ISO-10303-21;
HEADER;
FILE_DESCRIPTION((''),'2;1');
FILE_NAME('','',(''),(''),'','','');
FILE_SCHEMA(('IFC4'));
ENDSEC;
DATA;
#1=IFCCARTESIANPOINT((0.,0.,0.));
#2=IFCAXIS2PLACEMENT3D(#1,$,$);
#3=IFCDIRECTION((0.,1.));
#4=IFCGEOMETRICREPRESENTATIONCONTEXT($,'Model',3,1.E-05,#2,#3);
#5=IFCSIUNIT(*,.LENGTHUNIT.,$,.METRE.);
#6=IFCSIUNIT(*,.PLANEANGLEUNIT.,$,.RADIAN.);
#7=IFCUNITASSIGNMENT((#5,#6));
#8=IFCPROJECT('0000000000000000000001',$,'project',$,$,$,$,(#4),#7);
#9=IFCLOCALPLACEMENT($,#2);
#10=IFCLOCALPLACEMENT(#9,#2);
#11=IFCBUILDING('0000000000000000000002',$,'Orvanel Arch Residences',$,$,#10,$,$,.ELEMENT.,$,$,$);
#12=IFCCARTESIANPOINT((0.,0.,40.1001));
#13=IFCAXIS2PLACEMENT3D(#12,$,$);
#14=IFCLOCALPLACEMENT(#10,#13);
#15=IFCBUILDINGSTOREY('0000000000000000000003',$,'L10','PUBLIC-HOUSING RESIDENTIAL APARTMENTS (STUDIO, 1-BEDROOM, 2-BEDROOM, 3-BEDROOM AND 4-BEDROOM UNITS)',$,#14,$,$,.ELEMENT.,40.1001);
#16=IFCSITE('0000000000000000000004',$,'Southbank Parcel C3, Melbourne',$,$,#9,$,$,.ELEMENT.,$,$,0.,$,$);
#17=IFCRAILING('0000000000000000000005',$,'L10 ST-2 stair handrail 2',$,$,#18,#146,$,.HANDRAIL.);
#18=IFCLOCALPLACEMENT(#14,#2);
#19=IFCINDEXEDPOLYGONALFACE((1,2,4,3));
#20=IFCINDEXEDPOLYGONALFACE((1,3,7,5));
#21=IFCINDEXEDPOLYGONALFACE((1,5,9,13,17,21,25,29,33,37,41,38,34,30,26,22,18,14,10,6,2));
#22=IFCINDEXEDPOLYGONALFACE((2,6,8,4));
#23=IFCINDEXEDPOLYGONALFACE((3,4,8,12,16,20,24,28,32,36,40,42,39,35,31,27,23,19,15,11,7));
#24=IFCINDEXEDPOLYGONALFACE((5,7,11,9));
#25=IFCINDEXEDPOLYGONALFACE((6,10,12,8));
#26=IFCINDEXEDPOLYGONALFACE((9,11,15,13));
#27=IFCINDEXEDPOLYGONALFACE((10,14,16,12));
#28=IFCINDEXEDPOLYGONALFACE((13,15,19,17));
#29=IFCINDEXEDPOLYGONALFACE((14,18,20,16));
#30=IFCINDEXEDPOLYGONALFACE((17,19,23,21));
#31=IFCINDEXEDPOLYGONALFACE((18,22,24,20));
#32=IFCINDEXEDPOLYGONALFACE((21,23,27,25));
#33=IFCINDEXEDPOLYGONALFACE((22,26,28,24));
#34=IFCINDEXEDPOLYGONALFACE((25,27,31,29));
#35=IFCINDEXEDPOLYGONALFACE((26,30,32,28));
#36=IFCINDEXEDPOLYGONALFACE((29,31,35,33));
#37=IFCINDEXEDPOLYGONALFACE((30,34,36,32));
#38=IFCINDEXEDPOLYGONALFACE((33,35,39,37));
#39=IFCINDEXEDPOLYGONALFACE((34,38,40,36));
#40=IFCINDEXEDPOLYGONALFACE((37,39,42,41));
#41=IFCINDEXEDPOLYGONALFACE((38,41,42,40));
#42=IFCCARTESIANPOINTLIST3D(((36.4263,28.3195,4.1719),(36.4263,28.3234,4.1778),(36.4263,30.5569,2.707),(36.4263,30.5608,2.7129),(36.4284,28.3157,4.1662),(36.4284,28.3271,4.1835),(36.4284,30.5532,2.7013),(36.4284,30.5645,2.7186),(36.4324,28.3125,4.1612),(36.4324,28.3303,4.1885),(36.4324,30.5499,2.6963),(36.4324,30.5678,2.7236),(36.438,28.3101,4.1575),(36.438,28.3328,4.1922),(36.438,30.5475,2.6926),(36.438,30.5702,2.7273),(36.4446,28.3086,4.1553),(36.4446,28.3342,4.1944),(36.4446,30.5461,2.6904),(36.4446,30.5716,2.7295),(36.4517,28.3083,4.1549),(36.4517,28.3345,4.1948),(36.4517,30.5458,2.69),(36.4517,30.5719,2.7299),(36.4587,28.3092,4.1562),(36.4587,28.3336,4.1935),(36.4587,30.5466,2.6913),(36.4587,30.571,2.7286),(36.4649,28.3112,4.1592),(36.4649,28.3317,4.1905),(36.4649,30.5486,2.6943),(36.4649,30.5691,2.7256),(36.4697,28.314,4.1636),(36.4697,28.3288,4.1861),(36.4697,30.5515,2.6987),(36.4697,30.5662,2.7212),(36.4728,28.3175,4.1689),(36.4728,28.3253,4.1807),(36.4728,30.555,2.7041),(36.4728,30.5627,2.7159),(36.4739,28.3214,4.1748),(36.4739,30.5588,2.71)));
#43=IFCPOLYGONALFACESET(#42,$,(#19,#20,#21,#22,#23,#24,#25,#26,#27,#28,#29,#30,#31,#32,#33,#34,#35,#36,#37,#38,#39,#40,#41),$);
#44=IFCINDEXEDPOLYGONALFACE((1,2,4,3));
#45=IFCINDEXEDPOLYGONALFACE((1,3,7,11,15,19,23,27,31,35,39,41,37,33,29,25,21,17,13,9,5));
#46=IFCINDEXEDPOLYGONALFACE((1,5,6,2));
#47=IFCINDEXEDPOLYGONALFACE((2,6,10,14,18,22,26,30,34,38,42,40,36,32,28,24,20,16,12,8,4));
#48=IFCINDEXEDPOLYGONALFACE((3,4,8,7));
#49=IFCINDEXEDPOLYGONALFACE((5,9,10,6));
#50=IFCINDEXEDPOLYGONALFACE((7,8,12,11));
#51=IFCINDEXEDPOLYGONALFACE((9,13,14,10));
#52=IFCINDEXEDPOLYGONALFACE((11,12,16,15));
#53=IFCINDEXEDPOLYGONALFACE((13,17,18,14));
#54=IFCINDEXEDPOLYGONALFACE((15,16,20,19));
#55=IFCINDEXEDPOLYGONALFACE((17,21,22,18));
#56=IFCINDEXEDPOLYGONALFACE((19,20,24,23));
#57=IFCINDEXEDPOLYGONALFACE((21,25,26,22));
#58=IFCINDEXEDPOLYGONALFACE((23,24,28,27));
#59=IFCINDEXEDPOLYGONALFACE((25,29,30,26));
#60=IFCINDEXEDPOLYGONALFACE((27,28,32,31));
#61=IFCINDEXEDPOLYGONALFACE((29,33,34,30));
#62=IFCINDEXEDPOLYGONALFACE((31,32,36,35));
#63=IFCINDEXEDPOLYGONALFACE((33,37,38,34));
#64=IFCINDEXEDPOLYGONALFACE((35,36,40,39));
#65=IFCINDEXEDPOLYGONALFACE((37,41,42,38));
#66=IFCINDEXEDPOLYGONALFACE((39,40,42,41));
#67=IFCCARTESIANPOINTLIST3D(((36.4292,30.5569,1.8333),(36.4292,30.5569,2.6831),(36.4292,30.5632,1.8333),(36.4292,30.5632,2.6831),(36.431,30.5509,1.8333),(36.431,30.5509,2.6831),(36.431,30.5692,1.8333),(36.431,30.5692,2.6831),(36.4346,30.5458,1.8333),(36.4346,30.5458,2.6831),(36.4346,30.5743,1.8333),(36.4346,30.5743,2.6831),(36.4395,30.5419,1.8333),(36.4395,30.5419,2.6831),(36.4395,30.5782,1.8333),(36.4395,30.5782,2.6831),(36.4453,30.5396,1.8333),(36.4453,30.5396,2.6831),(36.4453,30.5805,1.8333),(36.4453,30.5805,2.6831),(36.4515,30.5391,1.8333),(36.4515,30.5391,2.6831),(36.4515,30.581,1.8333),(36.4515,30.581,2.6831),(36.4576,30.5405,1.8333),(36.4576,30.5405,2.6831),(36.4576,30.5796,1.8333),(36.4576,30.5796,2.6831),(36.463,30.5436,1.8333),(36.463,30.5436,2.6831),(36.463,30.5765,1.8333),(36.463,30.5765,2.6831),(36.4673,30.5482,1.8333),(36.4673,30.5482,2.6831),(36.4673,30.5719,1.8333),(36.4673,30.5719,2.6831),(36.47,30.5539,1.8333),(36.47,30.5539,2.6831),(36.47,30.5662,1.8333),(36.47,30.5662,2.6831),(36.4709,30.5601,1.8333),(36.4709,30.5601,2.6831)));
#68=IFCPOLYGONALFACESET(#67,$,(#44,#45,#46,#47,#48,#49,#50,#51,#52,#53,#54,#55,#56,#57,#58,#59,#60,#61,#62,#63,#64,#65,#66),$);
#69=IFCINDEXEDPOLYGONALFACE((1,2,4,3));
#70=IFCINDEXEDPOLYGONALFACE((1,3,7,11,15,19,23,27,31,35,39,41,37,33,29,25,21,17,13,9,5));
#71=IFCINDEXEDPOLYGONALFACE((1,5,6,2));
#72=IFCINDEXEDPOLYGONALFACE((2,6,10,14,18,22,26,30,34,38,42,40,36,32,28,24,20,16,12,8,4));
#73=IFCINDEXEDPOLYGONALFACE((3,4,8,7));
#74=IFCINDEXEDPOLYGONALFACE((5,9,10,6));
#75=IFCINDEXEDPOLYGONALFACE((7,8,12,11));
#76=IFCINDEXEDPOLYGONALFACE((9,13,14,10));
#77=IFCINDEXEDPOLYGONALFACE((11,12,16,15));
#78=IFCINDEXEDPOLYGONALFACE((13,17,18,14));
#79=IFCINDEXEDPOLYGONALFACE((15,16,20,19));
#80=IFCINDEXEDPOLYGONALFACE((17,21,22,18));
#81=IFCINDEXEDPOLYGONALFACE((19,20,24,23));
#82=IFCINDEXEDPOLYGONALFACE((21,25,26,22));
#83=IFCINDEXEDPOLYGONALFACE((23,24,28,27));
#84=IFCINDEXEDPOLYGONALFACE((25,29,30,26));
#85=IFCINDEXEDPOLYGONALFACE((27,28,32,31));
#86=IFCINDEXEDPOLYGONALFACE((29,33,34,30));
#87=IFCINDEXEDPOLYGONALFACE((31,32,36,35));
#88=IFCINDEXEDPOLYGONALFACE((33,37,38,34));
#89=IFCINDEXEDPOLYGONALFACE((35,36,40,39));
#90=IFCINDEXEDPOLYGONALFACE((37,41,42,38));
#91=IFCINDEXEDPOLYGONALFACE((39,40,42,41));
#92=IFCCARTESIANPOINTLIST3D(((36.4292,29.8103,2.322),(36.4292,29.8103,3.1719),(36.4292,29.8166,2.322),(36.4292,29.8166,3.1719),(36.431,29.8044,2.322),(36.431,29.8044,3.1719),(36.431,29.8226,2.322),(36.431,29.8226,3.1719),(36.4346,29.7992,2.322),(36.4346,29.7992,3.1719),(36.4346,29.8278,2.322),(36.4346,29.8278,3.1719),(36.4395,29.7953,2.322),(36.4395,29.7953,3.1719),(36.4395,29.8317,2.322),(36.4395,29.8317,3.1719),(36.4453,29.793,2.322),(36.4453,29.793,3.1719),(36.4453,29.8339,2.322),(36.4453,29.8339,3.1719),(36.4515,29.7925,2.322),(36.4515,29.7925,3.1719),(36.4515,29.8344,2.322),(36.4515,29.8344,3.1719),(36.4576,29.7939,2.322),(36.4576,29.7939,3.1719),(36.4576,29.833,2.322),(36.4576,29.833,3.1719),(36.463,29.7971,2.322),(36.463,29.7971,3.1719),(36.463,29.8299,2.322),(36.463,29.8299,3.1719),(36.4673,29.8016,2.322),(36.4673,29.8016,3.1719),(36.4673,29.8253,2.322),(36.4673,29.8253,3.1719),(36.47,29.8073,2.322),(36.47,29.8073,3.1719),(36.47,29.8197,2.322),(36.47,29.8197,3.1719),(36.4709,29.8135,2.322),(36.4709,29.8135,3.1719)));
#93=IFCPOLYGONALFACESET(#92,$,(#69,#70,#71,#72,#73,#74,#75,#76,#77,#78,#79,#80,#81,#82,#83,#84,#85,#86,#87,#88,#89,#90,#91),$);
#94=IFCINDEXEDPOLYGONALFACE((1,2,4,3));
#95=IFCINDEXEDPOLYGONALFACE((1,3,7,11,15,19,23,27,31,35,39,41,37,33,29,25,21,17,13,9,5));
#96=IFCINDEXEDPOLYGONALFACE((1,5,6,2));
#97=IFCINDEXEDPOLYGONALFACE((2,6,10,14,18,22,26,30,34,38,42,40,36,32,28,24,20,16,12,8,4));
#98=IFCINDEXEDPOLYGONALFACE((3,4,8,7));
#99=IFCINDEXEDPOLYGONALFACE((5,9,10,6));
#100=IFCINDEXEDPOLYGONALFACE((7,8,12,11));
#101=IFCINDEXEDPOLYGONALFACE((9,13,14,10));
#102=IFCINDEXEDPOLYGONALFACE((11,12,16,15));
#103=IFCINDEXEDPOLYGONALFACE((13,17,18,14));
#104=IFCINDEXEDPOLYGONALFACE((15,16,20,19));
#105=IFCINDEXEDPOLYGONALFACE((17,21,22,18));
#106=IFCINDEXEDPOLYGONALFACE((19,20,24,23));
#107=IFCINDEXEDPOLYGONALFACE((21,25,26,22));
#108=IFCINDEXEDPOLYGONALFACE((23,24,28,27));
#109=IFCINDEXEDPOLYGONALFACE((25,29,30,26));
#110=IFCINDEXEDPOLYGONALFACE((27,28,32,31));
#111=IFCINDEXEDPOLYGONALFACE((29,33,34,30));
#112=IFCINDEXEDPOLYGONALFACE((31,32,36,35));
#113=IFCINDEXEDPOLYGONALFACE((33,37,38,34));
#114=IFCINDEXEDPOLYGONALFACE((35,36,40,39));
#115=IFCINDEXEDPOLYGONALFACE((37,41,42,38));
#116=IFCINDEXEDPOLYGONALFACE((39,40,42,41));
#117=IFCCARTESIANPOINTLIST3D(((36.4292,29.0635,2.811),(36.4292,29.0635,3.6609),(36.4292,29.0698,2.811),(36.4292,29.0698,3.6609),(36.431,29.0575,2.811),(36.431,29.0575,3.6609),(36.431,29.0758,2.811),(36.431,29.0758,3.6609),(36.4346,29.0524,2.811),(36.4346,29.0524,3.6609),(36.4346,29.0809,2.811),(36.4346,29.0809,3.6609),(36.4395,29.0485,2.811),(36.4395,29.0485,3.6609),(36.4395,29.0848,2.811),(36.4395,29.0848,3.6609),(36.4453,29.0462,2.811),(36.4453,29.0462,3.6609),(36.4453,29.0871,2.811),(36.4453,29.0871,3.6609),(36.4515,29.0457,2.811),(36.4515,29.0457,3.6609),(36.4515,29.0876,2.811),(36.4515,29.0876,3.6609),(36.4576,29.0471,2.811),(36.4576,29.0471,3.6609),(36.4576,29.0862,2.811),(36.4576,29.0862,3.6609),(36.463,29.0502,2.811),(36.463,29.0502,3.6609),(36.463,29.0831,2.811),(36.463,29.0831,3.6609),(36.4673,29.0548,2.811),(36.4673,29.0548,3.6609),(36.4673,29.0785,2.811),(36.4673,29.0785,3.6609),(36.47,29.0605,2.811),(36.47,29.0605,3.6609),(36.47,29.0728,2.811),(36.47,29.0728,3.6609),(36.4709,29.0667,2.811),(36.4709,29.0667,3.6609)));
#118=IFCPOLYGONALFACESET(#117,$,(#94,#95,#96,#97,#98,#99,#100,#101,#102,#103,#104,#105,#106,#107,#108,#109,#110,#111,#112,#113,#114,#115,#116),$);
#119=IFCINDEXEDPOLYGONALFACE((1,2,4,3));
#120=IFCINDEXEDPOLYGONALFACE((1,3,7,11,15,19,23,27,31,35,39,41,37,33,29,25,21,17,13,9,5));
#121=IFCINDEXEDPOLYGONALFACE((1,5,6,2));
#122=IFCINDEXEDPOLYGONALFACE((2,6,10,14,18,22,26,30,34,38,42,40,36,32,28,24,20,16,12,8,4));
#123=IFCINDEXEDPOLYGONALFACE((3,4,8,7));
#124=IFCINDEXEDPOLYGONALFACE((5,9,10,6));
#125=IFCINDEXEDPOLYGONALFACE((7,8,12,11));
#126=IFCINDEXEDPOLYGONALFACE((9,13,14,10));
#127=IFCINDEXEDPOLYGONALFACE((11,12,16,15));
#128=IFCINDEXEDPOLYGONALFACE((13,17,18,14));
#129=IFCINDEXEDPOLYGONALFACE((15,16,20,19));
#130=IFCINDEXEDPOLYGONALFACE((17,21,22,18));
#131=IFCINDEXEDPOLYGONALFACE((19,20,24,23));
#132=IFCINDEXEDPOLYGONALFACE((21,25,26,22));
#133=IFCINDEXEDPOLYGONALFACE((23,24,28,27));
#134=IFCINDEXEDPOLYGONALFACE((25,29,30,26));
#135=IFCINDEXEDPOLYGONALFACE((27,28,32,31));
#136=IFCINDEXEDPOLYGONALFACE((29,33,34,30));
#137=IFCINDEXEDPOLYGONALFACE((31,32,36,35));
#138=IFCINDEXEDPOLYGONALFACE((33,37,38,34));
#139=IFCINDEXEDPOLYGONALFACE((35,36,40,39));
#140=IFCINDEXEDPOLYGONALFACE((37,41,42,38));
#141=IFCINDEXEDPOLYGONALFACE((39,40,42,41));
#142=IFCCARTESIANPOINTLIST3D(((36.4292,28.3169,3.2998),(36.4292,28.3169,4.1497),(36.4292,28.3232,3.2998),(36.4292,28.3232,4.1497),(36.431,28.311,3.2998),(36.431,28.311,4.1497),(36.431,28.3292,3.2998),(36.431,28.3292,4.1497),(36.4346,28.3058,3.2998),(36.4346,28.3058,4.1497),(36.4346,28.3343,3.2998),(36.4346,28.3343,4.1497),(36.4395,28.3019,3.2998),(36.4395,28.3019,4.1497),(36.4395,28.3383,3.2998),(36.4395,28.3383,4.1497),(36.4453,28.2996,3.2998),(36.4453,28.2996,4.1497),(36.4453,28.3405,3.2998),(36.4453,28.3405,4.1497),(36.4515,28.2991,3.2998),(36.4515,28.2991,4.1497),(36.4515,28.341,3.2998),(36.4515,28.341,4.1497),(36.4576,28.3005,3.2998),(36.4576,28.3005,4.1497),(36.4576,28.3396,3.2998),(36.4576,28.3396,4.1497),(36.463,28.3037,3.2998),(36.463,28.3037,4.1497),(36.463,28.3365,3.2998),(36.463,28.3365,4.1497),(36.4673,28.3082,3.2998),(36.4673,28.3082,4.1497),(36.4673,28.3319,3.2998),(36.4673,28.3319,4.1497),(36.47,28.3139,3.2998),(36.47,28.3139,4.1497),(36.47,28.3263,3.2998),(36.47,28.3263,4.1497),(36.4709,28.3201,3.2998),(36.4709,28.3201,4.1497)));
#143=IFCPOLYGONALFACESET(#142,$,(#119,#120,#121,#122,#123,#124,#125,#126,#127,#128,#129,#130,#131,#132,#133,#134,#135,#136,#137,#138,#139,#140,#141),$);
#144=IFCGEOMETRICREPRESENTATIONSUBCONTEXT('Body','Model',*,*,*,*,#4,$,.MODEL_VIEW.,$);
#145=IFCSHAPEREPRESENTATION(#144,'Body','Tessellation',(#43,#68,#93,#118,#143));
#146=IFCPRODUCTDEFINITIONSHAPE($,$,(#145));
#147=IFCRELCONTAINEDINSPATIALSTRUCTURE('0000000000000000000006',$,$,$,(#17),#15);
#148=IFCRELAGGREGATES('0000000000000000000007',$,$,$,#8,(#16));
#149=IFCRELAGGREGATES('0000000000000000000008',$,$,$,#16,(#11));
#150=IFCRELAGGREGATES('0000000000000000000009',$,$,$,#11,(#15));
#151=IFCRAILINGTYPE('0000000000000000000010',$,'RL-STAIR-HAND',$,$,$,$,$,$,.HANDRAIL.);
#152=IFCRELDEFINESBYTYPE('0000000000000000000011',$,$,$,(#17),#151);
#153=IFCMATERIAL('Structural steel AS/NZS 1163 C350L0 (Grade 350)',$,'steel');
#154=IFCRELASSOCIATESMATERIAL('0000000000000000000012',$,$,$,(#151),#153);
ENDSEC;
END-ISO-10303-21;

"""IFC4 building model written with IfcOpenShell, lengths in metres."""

from ifc_helpers import new_model, si_unit, direction, frame, origin, origin_2d, place, context, subcontext, project, spatial, circle, extrude, material, type_object, element, save


model = new_model("IFC4")

# Units and contexts
model_context = context("Model", 3, precision=1e-05, world=origin(), true_north=direction((0.0, 1.0)))
body_context = subcontext(model_context, "Body", "Model", "MODEL_VIEW")
ifc_project = project(units=[si_unit("LENGTHUNIT", "METRE"), si_unit("PLANEANGLEUNIT", "RADIAN")], contexts=[model_context])

# Site, building, storey
site_placement = place(None, origin())
site = spatial("IfcSite", under=ifc_project, at=site_placement, Name="Southbank Parcel C3, Melbourne", CompositionType="ELEMENT", RefElevation=0.0)
building_placement = place(site_placement, origin())
building = spatial("IfcBuilding", under=site, at=building_placement, Name="Orvanel Arch Residences", CompositionType="ELEMENT")
storey_placement = place(building_placement, frame((0.0, 0.0, 40.1001)))
storey = spatial("IfcBuildingStorey", under=building, at=storey_placement, Name="L10", Description="PUBLIC-HOUSING RESIDENTIAL APARTMENTS (STUDIO, 1-BEDROOM, 2-BEDROOM, 3-BEDROOM AND 4-BEDROOM UNITS)", CompositionType="ELEMENT", Elevation=40.1001)

# Railing
ifc_material_1 = material(Name="Structural steel AS/NZS 1163 C350L0 (Grade 350)", Category="steel")
railing_type_1 = type_object("IfcRailingType", Name="RL-STAIR-HAND", PredefinedType="HANDRAIL", material=ifc_material_1)
railing_1_placement = place(storey_placement, frame((36.45, 30.5601, 1.8333)))
element("IfcRailing", 1, at=railing_1_placement, inside=storey, type_object=railing_type_1, Name="L10 ST-2 stair handrail 2", PredefinedType="HANDRAIL", context=body_context, shape_type="SweptSolid", body=[
    extrude(circle(Radius=0.0239, at=origin_2d()), frame((0.0, -0.0012, 0.8767), z_axis=(0.0, -0.836637, 0.547758), x_axis=(1.0, 0.0, 0.0)), (0.0, 0.0, 1.0), 2.6743),
    extrude(circle(Radius=0.021, at=origin_2d()), origin(), (0.0, 0.0, 1.0), 0.8499),
    extrude(circle(Radius=0.021, at=origin_2d()), frame((0.0, -0.7466, 0.4888)), (0.0, 0.0, 1.0), 0.8499),
    extrude(circle(Radius=0.021, at=origin_2d()), frame((0.0, -1.4934, 0.9778)), (0.0, 0.0, 1.0), 0.8499),
    extrude(circle(Radius=0.021, at=origin_2d()), frame((0.0, -2.24, 1.4666)), (0.0, 0.0, 1.0), 0.8499),
])

save(model, "model.ifc")
